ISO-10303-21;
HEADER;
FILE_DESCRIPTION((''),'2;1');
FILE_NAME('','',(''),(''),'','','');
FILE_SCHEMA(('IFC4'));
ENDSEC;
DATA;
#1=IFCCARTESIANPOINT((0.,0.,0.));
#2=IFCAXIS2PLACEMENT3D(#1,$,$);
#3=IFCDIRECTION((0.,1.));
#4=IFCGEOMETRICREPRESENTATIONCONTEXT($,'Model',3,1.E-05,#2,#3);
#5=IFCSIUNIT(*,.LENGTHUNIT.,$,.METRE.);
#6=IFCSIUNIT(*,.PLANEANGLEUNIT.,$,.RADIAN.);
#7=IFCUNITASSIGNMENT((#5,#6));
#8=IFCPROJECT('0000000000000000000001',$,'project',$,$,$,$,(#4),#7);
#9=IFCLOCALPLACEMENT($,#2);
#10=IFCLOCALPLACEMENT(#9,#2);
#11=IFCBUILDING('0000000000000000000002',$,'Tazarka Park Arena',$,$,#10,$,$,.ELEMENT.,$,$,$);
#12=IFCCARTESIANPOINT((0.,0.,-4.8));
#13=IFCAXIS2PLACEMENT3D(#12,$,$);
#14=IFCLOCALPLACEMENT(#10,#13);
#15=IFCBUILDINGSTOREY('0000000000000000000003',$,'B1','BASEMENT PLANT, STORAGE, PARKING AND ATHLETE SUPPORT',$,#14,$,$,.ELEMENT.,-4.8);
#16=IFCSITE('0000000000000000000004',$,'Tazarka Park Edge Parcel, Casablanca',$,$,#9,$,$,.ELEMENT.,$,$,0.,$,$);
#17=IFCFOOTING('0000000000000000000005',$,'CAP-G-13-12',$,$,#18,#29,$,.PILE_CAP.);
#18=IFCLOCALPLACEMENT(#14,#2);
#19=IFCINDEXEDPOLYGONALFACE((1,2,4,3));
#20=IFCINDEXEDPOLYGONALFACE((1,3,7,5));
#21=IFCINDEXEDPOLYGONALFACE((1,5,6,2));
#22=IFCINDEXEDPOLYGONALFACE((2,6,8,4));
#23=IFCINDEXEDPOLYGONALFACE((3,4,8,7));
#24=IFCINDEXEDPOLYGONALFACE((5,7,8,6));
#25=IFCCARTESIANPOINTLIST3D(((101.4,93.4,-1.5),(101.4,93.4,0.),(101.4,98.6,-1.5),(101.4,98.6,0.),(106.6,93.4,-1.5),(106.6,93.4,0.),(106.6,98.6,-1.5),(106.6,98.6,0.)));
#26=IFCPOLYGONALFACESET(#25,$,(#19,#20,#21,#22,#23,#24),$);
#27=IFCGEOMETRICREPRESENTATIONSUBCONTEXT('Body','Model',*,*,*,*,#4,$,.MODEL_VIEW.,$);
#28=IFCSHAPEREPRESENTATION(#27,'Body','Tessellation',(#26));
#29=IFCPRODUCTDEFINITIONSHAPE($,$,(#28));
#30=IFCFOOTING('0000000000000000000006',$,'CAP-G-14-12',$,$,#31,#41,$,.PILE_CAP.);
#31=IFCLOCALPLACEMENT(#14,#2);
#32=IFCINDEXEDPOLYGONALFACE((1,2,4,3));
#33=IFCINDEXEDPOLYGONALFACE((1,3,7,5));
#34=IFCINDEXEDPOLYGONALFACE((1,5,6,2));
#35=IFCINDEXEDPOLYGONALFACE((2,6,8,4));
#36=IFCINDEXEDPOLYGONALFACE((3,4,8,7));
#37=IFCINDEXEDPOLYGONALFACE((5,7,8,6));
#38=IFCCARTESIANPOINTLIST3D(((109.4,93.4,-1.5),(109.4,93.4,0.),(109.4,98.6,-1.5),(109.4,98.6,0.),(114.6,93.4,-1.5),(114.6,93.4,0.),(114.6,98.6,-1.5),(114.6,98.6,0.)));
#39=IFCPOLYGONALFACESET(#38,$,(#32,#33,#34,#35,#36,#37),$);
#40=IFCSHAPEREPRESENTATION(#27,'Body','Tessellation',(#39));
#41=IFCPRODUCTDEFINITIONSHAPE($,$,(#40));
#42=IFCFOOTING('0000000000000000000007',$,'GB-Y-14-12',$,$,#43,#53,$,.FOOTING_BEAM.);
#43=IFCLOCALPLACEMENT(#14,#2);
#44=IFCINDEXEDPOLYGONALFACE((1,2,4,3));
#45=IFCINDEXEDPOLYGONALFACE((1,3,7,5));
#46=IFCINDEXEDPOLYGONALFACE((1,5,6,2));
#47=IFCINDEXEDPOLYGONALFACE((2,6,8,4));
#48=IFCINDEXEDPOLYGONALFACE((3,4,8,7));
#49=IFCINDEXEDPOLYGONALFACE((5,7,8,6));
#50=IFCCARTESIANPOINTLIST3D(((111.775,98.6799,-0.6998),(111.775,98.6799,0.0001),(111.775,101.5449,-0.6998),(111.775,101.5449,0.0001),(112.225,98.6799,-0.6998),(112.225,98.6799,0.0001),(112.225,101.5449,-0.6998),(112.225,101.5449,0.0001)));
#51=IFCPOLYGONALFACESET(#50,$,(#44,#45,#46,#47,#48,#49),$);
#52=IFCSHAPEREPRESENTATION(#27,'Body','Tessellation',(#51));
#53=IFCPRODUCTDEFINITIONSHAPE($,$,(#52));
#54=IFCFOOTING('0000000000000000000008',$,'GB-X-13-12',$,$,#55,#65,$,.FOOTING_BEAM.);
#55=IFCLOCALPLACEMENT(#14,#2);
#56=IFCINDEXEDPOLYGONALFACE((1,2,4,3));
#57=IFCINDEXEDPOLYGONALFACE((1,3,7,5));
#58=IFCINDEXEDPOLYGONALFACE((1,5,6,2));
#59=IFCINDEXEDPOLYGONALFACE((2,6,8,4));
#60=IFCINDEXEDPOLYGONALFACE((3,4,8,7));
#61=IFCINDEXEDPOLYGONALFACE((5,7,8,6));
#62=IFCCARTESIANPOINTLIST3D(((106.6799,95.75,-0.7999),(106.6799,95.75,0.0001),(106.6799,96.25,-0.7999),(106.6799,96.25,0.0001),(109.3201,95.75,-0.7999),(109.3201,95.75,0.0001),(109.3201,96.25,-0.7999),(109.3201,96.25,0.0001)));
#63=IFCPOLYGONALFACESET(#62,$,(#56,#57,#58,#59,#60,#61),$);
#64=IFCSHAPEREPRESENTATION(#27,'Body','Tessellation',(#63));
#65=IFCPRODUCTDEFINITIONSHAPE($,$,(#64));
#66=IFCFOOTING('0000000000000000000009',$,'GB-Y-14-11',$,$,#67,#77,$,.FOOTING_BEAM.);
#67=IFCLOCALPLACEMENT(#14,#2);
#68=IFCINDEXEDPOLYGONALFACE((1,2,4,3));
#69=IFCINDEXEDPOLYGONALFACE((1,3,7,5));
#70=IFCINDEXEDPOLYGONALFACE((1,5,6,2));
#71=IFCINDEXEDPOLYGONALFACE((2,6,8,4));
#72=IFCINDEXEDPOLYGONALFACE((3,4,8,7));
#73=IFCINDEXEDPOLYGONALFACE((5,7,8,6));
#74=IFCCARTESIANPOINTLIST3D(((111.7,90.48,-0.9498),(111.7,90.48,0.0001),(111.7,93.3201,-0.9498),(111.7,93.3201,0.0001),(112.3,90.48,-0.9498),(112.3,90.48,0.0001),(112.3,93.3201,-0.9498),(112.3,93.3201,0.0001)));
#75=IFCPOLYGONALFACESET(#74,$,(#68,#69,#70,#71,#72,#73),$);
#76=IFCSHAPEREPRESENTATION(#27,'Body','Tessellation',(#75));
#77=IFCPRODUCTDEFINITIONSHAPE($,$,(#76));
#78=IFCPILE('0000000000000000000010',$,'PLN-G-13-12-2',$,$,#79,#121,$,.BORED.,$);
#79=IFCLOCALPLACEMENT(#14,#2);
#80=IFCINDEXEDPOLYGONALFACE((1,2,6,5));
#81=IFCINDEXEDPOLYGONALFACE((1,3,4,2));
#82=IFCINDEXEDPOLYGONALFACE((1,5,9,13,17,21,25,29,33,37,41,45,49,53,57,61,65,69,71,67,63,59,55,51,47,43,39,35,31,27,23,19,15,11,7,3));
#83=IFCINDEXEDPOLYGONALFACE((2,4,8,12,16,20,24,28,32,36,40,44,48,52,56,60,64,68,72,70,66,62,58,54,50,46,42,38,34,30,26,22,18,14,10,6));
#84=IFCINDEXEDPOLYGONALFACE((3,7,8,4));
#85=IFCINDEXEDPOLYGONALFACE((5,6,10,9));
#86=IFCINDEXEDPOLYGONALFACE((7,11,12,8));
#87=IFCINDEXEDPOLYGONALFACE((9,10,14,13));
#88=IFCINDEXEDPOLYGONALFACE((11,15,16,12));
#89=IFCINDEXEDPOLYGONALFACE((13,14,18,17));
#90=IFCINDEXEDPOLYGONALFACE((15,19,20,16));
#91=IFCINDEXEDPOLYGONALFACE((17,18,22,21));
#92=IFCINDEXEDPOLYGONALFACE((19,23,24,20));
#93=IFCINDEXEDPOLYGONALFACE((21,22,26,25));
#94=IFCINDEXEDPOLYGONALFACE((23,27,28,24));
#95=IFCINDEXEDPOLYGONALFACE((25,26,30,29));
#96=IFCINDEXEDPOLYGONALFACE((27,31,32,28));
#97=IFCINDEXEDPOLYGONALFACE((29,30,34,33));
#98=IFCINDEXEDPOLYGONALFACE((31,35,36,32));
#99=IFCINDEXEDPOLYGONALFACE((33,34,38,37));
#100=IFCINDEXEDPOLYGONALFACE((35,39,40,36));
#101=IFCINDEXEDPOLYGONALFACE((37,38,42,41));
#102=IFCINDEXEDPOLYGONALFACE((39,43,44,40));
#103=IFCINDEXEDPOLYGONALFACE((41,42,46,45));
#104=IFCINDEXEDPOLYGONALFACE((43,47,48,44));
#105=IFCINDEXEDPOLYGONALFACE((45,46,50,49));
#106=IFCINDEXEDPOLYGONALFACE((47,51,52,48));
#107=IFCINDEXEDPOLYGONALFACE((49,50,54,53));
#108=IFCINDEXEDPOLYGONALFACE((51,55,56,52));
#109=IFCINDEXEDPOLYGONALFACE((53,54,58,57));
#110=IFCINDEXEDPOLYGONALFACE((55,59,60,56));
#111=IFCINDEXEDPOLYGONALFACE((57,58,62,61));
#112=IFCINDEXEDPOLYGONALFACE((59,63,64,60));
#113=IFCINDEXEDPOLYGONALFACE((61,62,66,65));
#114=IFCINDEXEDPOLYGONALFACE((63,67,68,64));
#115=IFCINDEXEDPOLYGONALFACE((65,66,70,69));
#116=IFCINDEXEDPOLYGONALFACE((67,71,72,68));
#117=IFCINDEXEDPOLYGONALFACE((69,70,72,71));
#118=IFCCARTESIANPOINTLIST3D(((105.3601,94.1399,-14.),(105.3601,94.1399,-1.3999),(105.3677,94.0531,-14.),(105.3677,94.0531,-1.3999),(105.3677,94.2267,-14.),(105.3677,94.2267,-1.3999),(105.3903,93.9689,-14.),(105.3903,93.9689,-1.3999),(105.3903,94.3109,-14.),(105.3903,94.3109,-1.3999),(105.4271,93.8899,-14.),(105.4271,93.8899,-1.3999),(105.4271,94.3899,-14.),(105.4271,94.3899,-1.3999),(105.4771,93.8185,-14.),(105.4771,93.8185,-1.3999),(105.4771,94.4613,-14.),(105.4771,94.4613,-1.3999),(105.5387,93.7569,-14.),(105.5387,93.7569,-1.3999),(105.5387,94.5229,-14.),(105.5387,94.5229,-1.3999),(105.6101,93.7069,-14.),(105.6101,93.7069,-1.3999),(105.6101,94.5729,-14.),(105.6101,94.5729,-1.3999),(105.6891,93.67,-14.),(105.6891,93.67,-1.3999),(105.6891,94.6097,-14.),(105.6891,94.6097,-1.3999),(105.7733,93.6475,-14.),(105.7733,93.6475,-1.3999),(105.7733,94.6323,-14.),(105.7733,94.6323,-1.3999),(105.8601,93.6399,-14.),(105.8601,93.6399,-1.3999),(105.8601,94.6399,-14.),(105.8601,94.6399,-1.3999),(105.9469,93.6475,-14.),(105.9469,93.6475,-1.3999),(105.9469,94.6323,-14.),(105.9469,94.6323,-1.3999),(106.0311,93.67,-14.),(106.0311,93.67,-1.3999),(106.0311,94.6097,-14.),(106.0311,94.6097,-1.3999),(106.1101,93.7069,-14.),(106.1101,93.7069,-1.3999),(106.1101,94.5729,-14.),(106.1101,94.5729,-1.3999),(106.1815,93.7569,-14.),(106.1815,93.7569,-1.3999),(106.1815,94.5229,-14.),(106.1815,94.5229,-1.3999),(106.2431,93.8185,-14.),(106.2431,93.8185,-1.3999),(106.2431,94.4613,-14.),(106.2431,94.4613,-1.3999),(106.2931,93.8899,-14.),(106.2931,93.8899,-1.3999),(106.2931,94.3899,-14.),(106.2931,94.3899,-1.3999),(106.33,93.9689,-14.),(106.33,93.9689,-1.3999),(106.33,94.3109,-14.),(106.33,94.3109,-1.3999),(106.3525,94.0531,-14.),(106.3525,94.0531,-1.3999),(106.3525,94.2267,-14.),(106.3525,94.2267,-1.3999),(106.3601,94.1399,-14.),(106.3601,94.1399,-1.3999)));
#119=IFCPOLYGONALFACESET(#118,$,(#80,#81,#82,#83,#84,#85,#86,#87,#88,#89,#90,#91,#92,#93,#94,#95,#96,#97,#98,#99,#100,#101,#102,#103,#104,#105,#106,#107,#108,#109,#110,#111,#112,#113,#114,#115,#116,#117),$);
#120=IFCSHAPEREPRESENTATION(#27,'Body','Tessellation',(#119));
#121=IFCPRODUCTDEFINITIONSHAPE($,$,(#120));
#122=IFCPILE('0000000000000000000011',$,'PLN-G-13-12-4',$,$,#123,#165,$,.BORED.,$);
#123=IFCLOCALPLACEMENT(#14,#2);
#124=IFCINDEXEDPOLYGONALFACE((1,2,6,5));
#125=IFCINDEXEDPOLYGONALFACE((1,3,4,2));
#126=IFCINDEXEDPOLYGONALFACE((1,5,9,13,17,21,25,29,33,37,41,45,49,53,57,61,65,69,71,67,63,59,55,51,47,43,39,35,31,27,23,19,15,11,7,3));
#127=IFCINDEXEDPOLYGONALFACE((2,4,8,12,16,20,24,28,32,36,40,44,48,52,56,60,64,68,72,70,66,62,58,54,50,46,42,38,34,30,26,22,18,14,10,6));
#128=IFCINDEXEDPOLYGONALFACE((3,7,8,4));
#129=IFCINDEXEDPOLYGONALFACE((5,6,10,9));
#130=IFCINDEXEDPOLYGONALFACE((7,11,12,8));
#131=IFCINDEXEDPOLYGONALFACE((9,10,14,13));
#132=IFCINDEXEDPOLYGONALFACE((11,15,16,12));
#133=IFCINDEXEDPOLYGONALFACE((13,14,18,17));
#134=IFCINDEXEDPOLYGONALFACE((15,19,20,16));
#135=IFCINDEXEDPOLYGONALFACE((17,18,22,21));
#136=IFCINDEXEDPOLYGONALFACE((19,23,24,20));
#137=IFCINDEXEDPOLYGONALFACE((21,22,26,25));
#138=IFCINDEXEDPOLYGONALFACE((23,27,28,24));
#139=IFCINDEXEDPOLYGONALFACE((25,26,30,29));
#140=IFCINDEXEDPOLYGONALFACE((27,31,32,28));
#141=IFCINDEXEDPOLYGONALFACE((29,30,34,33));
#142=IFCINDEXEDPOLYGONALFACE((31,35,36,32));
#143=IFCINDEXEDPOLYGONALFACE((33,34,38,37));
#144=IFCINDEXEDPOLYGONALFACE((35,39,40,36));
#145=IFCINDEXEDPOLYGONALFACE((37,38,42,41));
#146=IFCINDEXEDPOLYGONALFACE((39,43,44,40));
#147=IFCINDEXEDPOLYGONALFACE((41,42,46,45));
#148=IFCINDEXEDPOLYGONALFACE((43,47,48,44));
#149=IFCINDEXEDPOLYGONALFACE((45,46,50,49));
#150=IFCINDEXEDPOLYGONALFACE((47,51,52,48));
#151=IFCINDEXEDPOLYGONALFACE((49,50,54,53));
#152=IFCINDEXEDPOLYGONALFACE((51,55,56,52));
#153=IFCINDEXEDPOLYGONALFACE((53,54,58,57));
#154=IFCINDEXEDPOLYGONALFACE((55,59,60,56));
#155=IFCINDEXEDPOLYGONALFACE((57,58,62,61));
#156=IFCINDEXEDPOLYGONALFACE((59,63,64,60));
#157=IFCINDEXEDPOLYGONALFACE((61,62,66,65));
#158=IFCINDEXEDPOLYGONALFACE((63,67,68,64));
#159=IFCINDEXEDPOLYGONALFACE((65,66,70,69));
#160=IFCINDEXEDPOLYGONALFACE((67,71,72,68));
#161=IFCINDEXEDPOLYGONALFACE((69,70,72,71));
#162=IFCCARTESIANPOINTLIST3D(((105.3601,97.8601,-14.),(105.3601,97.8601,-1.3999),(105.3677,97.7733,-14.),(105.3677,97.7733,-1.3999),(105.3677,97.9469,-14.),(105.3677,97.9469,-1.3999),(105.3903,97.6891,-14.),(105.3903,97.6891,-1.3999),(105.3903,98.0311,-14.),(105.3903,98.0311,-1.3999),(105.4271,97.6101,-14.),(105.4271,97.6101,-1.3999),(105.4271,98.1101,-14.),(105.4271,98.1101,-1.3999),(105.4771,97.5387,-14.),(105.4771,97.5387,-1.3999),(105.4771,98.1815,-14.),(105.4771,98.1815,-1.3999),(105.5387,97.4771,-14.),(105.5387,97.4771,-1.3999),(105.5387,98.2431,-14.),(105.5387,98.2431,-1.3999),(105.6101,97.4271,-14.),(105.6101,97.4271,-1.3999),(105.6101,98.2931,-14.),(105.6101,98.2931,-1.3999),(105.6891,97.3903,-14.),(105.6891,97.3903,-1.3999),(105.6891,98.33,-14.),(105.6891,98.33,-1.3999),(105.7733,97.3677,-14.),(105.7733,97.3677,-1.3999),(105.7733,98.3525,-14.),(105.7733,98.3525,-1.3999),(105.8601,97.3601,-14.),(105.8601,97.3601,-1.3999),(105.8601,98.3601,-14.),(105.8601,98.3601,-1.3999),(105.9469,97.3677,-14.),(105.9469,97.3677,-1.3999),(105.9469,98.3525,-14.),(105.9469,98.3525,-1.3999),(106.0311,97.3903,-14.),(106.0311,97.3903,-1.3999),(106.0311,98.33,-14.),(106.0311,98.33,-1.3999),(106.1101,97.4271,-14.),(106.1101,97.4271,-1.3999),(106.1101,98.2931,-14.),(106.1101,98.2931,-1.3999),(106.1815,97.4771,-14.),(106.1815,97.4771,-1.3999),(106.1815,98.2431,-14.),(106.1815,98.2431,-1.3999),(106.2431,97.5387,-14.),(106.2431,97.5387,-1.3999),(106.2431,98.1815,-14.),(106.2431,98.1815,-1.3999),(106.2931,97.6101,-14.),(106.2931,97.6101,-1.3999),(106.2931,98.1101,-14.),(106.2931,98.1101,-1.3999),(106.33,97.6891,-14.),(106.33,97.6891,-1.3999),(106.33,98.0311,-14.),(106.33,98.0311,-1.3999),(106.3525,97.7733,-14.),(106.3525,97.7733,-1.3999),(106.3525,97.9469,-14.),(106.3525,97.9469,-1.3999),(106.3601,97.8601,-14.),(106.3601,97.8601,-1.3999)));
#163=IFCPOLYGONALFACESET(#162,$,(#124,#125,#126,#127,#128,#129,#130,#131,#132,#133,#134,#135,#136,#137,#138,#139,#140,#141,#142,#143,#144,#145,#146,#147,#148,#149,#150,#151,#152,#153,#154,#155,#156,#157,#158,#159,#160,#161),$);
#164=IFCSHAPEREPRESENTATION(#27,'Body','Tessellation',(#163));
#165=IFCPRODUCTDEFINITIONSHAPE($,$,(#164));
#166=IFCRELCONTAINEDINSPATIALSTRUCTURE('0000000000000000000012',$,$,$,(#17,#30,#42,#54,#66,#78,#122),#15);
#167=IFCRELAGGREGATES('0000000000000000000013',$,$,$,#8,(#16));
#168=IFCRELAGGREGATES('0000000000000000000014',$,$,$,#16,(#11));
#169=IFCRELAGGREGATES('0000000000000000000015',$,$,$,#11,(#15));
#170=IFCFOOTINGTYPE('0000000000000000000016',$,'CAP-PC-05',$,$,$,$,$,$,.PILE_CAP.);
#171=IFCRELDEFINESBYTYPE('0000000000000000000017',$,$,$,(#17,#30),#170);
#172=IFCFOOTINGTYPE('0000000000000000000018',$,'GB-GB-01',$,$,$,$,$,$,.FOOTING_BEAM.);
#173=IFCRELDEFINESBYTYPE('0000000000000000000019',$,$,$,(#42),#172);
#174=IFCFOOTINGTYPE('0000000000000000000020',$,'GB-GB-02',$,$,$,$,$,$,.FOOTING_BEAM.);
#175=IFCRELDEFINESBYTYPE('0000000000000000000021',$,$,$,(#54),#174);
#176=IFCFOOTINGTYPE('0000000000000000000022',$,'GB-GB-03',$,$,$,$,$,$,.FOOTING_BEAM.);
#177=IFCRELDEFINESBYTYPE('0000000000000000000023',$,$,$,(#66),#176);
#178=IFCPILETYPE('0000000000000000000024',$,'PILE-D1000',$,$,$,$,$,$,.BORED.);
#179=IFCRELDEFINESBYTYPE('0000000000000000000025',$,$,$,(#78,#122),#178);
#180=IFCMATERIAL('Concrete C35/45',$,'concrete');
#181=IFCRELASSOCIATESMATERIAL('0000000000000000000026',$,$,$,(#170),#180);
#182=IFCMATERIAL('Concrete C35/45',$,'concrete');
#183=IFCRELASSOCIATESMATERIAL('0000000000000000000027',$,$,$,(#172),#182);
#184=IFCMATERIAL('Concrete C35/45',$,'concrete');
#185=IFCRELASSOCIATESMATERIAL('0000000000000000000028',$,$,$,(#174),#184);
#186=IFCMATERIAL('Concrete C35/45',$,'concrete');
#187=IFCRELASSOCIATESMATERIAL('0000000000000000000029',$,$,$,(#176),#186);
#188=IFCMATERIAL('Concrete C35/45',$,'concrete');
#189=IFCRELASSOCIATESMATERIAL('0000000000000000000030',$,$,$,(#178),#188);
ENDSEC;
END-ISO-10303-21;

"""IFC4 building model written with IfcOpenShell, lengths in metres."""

from ifc_helpers import new_model, si_unit, direction, frame, origin, origin_2d, place, context, subcontext, project, spatial, rectangle, circle, extrude, material, material_profile, profile_set, type_object, element, save


model = new_model("IFC4")

# Units and contexts
model_context = context("Model", 3, precision=1e-05, world=origin(), true_north=direction((0.0, 1.0)))
body_context = subcontext(model_context, "Body", "Model", "MODEL_VIEW")
ifc_project = project(units=[si_unit("LENGTHUNIT", "METRE"), si_unit("PLANEANGLEUNIT", "RADIAN")], contexts=[model_context])

# Site, building, storey
site_placement = place(None, origin())
site = spatial("IfcSite", under=ifc_project, at=site_placement, Name="Tazarka Park Edge Parcel, Casablanca", CompositionType="ELEMENT", RefElevation=0.0)
building_placement = place(site_placement, origin())
building = spatial("IfcBuilding", under=site, at=building_placement, Name="Tazarka Park Arena", CompositionType="ELEMENT")
storey_placement = place(building_placement, frame((0.0, 0.0, -4.8)))
storey = spatial("IfcBuildingStorey", under=building, at=storey_placement, Name="B1", Description="BASEMENT PLANT, STORAGE, PARKING AND ATHLETE SUPPORT", CompositionType="ELEMENT", Elevation=-4.8)

# Footings
ifc_material_1 = material(Name="Concrete C35/45", Category="concrete")
footing_type_1 = type_object("IfcFootingType", Name="CAP-PC-05", PredefinedType="PILE_CAP", material=ifc_material_1)
for number, where, z_axis, x_axis, name in (
    (1, (104.0, 96.0, -1.5), (0.0, 0.0, 1.0), (1.0, 0.0, 0.0), "CAP-G-13-12"),
    (2, (112.0, 96.0, -1.5), (0.0, 0.0, 1.0), (1.0, 0.0, 0.0), "CAP-G-14-12"),
):
    element("IfcFooting", number, at=place(storey_placement, frame(where, z_axis=z_axis, x_axis=x_axis)), inside=storey, type_object=footing_type_1, Name=name, PredefinedType="PILE_CAP", context=body_context, shape_type="SweptSolid", body=[
        extrude(rectangle(XDim=5.2, YDim=5.2, at=origin_2d()), origin(), (0.0, 0.0, 1.0), 1.5),
    ])
ifc_material_2 = material(Name="Concrete C35/45", Category="concrete")
ifc_material_profile_1 = material_profile(ifc_material_2, rectangle(XDim=0.45, YDim=0.7, at=origin_2d()), Name="Concrete C35/45")
ifc_profile_set_1 = profile_set([ifc_material_profile_1], Name="Concrete C35/45")
footing_type_2 = type_object("IfcFootingType", Name="GB-GB-01", PredefinedType="FOOTING_BEAM", material=ifc_profile_set_1)
footing_1_placement = place(storey_placement, frame((112.0, 98.6799, -0.3499), z_axis=(0.0, 1.0, 0.0), x_axis=(-1.0, 0.0, 0.0)))
element("IfcFooting", 3, at=footing_1_placement, inside=storey, type_object=footing_type_2, Name="GB-Y-14-12", PredefinedType="FOOTING_BEAM", context=body_context, shape_type="SweptSolid", body=[
    extrude(rectangle(XDim=0.45, YDim=0.7, at=origin_2d()), origin(), (0.0, 0.0, 1.0), 2.865),
])
ifc_material_3 = material(Name="Concrete C35/45", Category="concrete")
ifc_material_profile_2 = material_profile(ifc_material_3, rectangle(XDim=0.5, YDim=0.8, at=origin_2d()), Name="Concrete C35/45")
ifc_profile_set_2 = profile_set([ifc_material_profile_2], Name="Concrete C35/45")
footing_type_3 = type_object("IfcFootingType", Name="GB-GB-02", PredefinedType="FOOTING_BEAM", material=ifc_profile_set_2)
footing_2_placement = place(storey_placement, frame((106.6799, 96.0, -0.3999), z_axis=(1.0, 0.0, 0.0), x_axis=(0.0, 1.0, 0.0)))
element("IfcFooting", 4, at=footing_2_placement, inside=storey, type_object=footing_type_3, Name="GB-X-13-12", PredefinedType="FOOTING_BEAM", context=body_context, shape_type="SweptSolid", body=[
    extrude(rectangle(XDim=0.5, YDim=0.8, at=origin_2d()), origin(), (0.0, 0.0, 1.0), 2.6401),
])
ifc_material_4 = material(Name="Concrete C35/45", Category="concrete")
ifc_material_profile_3 = material_profile(ifc_material_4, rectangle(XDim=0.6001, YDim=0.95, at=origin_2d()), Name="Concrete C35/45")
ifc_profile_set_3 = profile_set([ifc_material_profile_3], Name="Concrete C35/45")
footing_type_4 = type_object("IfcFootingType", Name="GB-GB-03", PredefinedType="FOOTING_BEAM", material=ifc_profile_set_3)
footing_3_placement = place(storey_placement, frame((112.0, 90.48, -0.4749), z_axis=(0.0, 1.0, 0.0), x_axis=(-1.0, 0.0, 0.0)))
element("IfcFooting", 5, at=footing_3_placement, inside=storey, type_object=footing_type_4, Name="GB-Y-14-11", PredefinedType="FOOTING_BEAM", context=body_context, shape_type="SweptSolid", body=[
    extrude(rectangle(XDim=0.6001, YDim=0.95, at=origin_2d()), origin(), (0.0, 0.0, 1.0), 2.8401),
])

# Piles
ifc_material_5 = material(Name="Concrete C35/45", Category="concrete")
ifc_material_profile_4 = material_profile(ifc_material_5, circle(Radius=0.5, at=origin_2d()), Name="Concrete C35/45")
ifc_profile_set_4 = profile_set([ifc_material_profile_4], Name="Concrete C35/45")
pile_type_1 = type_object("IfcPileType", Name="PILE-D1000", PredefinedType="BORED", material=ifc_profile_set_4)
for number, where, z_axis, x_axis, name in (
    (6, (105.8601, 94.1399, -1.3999), (0.0, 0.0, -1.0), (1.0, 0.0, 0.0), "PLN-G-13-12-2"),
    (7, (105.8601, 97.8601, -1.3999), (0.0, 0.0, -1.0), (1.0, 0.0, 0.0), "PLN-G-13-12-4"),
):
    element("IfcPile", number, at=place(storey_placement, frame(where, z_axis=z_axis, x_axis=x_axis)), inside=storey, type_object=pile_type_1, Name=name, PredefinedType="BORED", context=body_context, shape_type="SweptSolid", body=[
        extrude(circle(Radius=0.5, at=origin_2d()), origin(), (0.0, 0.0, 1.0), 12.6001),
    ])

save(model, "model.ifc")
